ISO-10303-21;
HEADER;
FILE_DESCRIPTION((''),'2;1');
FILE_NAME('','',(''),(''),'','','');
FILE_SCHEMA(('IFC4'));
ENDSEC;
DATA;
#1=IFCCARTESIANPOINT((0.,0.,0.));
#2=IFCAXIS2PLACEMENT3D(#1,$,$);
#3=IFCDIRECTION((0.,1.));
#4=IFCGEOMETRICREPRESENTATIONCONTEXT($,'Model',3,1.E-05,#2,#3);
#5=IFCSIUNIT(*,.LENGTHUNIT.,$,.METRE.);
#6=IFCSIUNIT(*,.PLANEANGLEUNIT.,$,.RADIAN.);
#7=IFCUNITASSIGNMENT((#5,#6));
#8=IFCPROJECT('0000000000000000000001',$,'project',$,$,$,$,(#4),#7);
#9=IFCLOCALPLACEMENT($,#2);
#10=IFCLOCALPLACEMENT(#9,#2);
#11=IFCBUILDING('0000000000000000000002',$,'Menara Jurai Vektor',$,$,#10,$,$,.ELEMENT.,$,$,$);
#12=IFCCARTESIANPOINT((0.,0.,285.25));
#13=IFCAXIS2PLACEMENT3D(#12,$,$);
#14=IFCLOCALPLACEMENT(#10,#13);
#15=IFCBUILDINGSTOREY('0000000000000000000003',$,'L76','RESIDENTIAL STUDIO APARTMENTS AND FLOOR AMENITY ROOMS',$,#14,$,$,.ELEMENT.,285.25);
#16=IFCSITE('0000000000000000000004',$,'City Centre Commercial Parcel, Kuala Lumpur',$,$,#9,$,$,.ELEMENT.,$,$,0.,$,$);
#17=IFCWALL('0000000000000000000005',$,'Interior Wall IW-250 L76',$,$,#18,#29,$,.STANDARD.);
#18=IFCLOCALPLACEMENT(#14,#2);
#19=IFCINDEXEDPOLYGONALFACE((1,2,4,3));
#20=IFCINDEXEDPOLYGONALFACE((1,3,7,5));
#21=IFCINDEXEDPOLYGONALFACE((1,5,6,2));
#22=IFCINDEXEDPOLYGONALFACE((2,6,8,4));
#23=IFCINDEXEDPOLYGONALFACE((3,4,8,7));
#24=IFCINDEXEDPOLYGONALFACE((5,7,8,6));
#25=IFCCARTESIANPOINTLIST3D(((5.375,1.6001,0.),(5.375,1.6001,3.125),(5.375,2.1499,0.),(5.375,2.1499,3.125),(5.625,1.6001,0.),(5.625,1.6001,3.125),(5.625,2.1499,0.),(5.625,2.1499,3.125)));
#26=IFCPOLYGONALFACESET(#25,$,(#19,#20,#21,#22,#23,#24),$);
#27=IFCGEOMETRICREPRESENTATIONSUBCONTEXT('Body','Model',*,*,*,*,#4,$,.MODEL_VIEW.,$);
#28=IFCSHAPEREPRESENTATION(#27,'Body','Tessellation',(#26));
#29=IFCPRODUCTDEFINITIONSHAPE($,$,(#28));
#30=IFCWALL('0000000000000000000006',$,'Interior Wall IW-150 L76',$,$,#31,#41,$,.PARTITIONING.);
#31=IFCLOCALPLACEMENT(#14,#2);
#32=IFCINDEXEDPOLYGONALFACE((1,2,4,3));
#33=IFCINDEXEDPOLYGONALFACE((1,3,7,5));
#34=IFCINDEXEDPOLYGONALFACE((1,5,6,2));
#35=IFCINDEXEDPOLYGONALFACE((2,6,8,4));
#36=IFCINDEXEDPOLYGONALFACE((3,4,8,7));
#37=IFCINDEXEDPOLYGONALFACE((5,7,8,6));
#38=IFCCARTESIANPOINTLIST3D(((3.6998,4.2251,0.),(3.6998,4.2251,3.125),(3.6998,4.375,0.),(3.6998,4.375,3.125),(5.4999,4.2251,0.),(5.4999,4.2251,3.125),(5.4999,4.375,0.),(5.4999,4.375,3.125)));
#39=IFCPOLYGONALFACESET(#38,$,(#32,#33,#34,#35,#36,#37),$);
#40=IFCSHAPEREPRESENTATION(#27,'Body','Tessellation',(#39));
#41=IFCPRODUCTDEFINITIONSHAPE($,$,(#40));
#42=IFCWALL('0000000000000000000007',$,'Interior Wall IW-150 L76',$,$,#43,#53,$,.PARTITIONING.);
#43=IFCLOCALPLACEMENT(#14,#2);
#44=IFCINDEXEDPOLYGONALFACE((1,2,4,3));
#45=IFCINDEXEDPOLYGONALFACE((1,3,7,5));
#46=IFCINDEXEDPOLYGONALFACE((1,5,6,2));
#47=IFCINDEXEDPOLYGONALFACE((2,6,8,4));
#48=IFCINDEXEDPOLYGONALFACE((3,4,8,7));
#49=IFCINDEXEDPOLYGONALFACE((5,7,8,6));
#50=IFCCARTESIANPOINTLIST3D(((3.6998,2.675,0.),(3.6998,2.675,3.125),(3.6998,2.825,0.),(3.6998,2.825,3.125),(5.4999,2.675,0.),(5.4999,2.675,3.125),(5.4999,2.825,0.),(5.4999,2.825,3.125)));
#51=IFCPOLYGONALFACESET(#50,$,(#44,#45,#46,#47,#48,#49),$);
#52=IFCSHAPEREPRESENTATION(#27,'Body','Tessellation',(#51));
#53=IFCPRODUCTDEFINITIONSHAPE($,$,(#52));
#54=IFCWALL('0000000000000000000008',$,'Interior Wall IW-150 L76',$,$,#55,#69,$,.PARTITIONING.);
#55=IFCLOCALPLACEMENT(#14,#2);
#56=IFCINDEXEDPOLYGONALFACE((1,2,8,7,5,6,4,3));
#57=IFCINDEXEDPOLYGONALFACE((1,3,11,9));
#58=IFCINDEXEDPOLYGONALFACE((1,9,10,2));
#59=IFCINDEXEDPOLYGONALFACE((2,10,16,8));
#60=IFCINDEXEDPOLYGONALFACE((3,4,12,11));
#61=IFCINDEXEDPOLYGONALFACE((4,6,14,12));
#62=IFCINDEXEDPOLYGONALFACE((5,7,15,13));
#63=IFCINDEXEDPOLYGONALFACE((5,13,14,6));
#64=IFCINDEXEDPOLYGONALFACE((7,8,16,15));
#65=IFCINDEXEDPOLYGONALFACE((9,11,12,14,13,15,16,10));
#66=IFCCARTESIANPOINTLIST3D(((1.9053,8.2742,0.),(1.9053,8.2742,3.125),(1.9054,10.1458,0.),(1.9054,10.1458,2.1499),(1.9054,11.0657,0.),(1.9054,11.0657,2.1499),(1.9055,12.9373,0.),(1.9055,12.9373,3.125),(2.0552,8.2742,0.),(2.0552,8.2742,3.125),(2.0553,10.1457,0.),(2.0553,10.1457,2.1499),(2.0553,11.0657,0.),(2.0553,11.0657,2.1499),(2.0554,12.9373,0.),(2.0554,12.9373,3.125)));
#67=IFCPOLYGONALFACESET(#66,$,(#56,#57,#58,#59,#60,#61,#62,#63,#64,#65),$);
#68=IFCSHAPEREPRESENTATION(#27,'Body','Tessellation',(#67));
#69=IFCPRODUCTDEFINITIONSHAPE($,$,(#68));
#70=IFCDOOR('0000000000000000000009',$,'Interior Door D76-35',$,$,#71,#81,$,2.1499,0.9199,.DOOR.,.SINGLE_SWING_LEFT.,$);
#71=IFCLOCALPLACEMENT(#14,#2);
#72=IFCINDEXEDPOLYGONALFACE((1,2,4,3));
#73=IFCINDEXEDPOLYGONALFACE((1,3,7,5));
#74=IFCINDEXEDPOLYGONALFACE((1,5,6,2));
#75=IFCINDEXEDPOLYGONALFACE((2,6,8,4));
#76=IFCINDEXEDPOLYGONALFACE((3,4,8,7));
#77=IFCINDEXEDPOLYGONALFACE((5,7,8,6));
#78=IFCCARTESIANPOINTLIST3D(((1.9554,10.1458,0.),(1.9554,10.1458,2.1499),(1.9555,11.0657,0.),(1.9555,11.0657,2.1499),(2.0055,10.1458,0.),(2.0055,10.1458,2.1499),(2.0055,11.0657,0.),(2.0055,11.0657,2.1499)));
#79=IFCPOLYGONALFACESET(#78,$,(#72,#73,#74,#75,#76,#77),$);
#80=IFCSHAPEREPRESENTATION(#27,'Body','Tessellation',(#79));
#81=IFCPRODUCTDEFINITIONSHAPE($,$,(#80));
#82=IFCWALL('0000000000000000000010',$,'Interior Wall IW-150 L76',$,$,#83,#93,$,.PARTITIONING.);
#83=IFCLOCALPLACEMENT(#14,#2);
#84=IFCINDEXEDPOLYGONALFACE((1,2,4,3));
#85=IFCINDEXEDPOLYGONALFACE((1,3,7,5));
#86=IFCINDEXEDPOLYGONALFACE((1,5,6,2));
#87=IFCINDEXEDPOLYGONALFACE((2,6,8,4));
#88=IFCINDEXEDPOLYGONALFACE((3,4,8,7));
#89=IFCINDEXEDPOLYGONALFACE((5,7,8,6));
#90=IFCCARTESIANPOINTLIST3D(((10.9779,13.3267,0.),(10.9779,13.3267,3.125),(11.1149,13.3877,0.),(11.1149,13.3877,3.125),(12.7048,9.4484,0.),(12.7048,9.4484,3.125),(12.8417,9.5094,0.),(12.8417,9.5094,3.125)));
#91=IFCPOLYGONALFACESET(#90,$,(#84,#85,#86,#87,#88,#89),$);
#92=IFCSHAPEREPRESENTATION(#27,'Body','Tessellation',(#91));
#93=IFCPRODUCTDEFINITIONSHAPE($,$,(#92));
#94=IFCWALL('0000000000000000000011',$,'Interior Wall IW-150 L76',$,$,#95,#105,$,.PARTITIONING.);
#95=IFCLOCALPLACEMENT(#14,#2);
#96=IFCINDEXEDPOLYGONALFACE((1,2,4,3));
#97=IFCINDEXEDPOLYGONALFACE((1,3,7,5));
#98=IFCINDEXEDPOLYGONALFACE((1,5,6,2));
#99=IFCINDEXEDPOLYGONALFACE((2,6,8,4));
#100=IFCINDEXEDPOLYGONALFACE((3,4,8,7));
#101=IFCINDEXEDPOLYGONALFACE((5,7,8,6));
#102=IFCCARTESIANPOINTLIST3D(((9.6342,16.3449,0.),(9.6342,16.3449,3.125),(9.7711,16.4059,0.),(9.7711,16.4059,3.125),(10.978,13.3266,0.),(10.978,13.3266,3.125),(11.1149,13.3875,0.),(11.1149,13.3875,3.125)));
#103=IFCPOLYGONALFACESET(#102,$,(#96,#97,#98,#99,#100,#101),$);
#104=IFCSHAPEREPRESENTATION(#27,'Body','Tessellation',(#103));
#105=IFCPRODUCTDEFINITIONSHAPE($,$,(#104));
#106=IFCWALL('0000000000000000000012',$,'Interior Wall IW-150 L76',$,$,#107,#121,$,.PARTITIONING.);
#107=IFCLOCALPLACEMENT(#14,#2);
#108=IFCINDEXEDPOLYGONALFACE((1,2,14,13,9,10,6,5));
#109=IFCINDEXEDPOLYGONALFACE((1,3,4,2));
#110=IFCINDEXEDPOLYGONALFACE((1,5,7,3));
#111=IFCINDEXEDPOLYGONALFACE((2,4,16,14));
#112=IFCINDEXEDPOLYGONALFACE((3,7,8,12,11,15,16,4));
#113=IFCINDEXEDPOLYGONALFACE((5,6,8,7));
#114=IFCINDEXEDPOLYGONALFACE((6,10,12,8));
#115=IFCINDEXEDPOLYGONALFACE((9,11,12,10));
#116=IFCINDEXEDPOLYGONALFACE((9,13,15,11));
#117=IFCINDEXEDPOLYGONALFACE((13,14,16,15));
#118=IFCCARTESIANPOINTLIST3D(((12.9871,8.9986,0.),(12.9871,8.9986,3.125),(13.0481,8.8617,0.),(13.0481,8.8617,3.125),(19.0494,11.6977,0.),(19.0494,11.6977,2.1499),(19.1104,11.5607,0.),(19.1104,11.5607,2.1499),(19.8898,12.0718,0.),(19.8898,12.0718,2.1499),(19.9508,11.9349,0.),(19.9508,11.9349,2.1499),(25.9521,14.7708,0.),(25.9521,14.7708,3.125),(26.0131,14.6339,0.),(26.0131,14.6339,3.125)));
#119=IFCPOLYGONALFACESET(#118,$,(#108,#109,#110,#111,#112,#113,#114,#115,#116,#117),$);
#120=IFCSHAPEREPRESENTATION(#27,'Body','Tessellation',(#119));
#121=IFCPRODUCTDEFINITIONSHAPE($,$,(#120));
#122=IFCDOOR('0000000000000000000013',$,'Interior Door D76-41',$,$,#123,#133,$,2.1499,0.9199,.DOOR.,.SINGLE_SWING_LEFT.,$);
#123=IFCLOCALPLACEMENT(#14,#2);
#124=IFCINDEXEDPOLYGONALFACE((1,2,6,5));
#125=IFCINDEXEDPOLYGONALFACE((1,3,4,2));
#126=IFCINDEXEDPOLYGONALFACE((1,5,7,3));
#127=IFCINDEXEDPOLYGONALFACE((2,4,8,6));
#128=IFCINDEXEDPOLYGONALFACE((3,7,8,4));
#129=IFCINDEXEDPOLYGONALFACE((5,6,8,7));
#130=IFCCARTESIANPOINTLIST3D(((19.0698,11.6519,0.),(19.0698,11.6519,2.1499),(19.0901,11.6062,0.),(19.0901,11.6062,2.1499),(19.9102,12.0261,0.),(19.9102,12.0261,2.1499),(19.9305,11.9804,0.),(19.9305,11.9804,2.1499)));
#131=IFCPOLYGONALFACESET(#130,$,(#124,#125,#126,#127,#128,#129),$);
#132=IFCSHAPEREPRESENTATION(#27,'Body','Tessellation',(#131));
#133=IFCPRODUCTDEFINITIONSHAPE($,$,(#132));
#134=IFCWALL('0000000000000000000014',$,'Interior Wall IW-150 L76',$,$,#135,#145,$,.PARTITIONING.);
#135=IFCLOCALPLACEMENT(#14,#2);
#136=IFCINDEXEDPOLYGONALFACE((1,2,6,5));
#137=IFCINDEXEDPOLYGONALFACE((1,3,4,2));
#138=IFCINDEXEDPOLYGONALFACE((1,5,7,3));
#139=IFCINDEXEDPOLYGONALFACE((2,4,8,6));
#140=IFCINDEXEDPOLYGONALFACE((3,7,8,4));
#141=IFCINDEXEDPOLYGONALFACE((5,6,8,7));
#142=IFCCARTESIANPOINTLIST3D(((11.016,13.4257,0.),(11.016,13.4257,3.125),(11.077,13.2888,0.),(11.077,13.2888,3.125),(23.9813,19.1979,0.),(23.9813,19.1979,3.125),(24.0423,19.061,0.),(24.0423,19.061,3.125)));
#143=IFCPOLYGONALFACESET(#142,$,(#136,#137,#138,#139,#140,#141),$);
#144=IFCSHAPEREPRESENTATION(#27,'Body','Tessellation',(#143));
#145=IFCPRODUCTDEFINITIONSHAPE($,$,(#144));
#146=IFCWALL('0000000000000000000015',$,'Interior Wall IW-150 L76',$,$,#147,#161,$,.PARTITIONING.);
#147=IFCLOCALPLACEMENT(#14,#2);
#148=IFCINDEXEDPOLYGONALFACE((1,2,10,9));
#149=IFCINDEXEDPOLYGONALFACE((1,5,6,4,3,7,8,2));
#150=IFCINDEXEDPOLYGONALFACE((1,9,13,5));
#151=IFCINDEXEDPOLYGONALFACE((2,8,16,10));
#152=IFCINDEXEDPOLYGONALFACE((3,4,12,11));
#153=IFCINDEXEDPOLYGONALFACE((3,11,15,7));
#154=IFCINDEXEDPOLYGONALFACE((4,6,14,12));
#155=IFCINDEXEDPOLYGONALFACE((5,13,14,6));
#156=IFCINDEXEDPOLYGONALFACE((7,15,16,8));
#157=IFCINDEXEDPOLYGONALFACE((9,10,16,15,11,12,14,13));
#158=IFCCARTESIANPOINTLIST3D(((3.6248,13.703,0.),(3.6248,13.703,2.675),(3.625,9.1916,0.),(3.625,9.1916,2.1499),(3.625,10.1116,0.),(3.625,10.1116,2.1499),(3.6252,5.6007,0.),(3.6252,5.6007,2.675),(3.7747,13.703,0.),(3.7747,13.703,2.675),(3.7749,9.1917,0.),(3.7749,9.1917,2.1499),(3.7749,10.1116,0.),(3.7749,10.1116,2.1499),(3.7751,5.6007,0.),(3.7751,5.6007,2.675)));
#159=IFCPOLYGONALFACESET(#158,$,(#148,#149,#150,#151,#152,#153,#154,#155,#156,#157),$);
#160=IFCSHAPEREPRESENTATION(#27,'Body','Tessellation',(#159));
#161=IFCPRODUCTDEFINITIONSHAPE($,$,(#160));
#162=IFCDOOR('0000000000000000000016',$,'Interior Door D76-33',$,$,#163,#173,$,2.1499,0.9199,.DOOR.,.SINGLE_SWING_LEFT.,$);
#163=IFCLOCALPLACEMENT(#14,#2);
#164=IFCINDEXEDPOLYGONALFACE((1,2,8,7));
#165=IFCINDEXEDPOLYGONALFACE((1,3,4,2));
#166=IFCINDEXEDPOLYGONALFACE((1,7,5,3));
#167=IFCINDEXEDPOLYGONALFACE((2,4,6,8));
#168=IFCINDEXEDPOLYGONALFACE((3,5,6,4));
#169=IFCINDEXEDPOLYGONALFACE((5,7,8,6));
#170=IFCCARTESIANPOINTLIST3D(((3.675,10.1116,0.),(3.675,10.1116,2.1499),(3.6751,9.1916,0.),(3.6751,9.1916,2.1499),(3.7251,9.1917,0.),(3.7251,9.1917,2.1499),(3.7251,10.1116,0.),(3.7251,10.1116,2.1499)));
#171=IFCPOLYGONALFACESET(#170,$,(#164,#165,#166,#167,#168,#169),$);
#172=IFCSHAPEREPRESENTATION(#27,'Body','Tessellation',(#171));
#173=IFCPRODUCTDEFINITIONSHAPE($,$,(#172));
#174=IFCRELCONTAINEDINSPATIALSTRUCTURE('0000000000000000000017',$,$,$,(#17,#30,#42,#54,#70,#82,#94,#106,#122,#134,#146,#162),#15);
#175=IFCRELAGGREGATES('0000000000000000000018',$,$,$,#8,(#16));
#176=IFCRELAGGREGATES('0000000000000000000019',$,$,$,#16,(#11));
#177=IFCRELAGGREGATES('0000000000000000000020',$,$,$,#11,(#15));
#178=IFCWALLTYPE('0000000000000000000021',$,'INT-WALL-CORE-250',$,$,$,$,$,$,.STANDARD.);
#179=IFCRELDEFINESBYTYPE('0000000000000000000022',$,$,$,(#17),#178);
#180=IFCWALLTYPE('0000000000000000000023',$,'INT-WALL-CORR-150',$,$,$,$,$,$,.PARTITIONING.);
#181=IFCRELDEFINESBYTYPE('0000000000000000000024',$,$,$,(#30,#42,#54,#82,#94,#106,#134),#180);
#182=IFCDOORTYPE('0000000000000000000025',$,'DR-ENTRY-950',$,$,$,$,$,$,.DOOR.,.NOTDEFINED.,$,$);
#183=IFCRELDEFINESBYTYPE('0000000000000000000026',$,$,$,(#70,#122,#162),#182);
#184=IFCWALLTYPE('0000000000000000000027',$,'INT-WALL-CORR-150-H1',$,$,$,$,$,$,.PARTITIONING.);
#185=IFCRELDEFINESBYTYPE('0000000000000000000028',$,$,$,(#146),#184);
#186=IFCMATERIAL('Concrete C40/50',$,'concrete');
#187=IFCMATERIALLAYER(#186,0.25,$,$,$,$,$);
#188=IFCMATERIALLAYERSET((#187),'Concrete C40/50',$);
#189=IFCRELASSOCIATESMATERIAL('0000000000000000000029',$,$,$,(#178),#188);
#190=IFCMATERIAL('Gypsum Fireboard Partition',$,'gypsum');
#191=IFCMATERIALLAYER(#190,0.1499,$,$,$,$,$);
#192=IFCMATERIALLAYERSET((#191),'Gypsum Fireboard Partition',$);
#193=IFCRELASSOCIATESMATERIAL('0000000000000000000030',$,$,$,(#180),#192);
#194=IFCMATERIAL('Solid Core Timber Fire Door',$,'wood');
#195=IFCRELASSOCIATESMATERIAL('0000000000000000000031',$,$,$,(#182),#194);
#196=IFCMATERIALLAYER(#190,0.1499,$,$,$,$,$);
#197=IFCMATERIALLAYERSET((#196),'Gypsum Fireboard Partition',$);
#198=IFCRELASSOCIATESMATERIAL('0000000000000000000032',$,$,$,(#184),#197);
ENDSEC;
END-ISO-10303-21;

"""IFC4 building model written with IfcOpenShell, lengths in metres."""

from ifc_helpers import new_model, si_unit, direction, frame, frame_2d, origin, place, context, subcontext, project, spatial, rectangle, extrude, material, layer, layer_set, type_object, element, fill, save


model = new_model("IFC4")

# Units and contexts
model_context = context("Model", 3, precision=1e-05, world=origin(), true_north=direction((0.0, 1.0)))
body_context = subcontext(model_context, "Body", "Model", "MODEL_VIEW")
ifc_project = project(units=[si_unit("LENGTHUNIT", "METRE"), si_unit("PLANEANGLEUNIT", "RADIAN")], contexts=[model_context])

# Site, building, storey
site_placement = place(None, origin())
site = spatial("IfcSite", under=ifc_project, at=site_placement, Name="City Centre Commercial Parcel, Kuala Lumpur", CompositionType="ELEMENT", RefElevation=0.0)
building_placement = place(site_placement, origin())
building = spatial("IfcBuilding", under=site, at=building_placement, Name="Menara Jurai Vektor", CompositionType="ELEMENT")
storey_placement = place(building_placement, frame((0.0, 0.0, 285.25)))
storey = spatial("IfcBuildingStorey", under=building, at=storey_placement, Name="L76", Description="RESIDENTIAL STUDIO APARTMENTS AND FLOOR AMENITY ROOMS", CompositionType="ELEMENT", Elevation=285.25)

# Shared definitions
ifc_material_1 = material(Name="Concrete C40/50", Category="concrete")
ifc_layer_1 = layer(ifc_material_1, 0.25)
ifc_layer_set_1 = layer_set([ifc_layer_1], Name="Concrete C40/50")
wall_type_1 = type_object("IfcWallType", Name="INT-WALL-CORE-250", PredefinedType="STANDARD", material=ifc_layer_set_1)

# Walls
wall_1_placement = place(storey_placement, frame((5.5, 1.6001, 0.0), z_axis=(0.0, 0.0, 1.0), x_axis=(0.0, 1.0, 0.0)))
element("IfcWall", 1, at=wall_1_placement, inside=storey, type_object=wall_type_1, Name="Interior Wall IW-250 L76", PredefinedType="STANDARD", context=body_context, shape_type="SweptSolid", body=[
    extrude(rectangle(XDim=0.5498, YDim=0.25, at=frame_2d((0.2749, 0.0))), origin(), (0.0, 0.0, 1.0), 3.125),
])
ifc_material_2 = material(Name="Gypsum Fireboard Partition", Category="gypsum")
ifc_layer_2 = layer(ifc_material_2, 0.1499)
ifc_layer_set_2 = layer_set([ifc_layer_2], Name="Gypsum Fireboard Partition")
wall_type_2 = type_object("IfcWallType", Name="INT-WALL-CORR-150", PredefinedType="PARTITIONING", material=ifc_layer_set_2)
for number, where, z_axis, x_axis, name in (
    (2, (3.7, 4.3, 0.0), (0.0, 0.0, 1.0), (1.0, 0.0, 0.0), "Interior Wall IW-150 L76"),
    (3, (3.7, 2.75, 0.0), (0.0, 0.0, 1.0), (1.0, 0.0, 0.0), "Interior Wall IW-150 L76"),
):
    element("IfcWall", number, at=place(storey_placement, frame(where, z_axis=z_axis, x_axis=x_axis)), inside=storey, type_object=wall_type_2, Name=name, PredefinedType="PARTITIONING", context=body_context, shape_type="SweptSolid", body=[
        extrude(rectangle(XDim=1.8, YDim=0.1499, at=frame_2d((0.8999, 0.0))), origin(), (0.0, 0.0, 1.0), 3.125),
    ])

# Wall, opening, door
wall_2_placement = place(storey_placement, frame((1.9802, 8.2742, 0.0), z_axis=(0.0, 0.0, 1.0), x_axis=(0.000052, 1.0, 0.0)))
wall_2 = element("IfcWall", 4, at=wall_2_placement, inside=storey, type_object=wall_type_2, Name="Interior Wall IW-150 L76", PredefinedType="PARTITIONING", context=body_context, shape_type="SweptSolid", body=[
    extrude(rectangle(XDim=4.6631, YDim=0.1499, at=frame_2d((2.3315, 0.0))), origin(), (0.0, 0.0, 1.0), 3.125),
])
opening_1_placement = place(wall_2_placement, frame((1.8716, 0.0, 0.0)))
opening_1 = element("IfcOpeningElement", 5, at=opening_1_placement, cuts=wall_2, PredefinedType="OPENING", context=body_context, shape_type="SweptSolid", body=[
    extrude(rectangle(XDim=0.9199, YDim=2.1499, at=frame_2d((0.46, 1.075))), frame((0.0, 0.085, 0.0), z_axis=(0.0, -1.0, 0.0), x_axis=(1.0, 0.0, 0.0)), (0.0, 0.0, 1.0), 0.1699),
])
ifc_material_3 = material(Name="Solid Core Timber Fire Door", Category="wood")
door_type_1 = type_object("IfcDoorType", Name="DR-ENTRY-950", OperationType="NOTDEFINED", PredefinedType="DOOR", material=ifc_material_3)
door_1_placement = place(opening_1_placement, origin())
door_1 = element("IfcDoor", 6, at=door_1_placement, inside=storey, type_object=door_type_1, Name="Interior Door D76-35", OperationType="SINGLE_SWING_LEFT", OverallHeight=2.1499, OverallWidth=0.9199, PredefinedType="DOOR", context=body_context, shape_type="SweptSolid", body=[
    extrude(rectangle(XDim=0.9199, YDim=2.1499, at=frame_2d((0.46, 1.075))), frame((0.0, 0.0249, 0.0), z_axis=(0.0, -1.0, 0.0), x_axis=(1.0, 0.0, 0.0)), (0.0, 0.0, 1.0), 0.05),
])
fill(opening_1, door_1)

# Walls
wall_3_placement = place(storey_placement, frame((12.7732, 9.479, 0.0), z_axis=(0.0, 0.0, 1.0), x_axis=(-0.406763, 0.913534, 0.0)))
element("IfcWall", 7, at=wall_3_placement, inside=storey, type_object=wall_type_2, Name="Interior Wall IW-150 L76", PredefinedType="PARTITIONING", context=body_context, shape_type="SweptSolid", body=[
    extrude(rectangle(XDim=4.2454, YDim=0.1499, at=frame_2d((2.1226, 0.0))), origin(), (0.0, 0.0, 1.0), 3.125),
])
wall_4_placement = place(storey_placement, frame((11.0464, 13.3572, 0.0), z_axis=(0.0, 0.0, 1.0), x_axis=(-0.406714, 0.913555, 0.0)))
element("IfcWall", 8, at=wall_4_placement, inside=storey, type_object=wall_type_2, Name="Interior Wall IW-150 L76", PredefinedType="PARTITIONING", context=body_context, shape_type="SweptSolid", body=[
    extrude(rectangle(XDim=3.304, YDim=0.1499, at=frame_2d((1.6519, 0.0))), origin(), (0.0, 0.0, 1.0), 3.125),
])

# Wall, opening, door
wall_5_placement = place(storey_placement, frame((13.0176, 8.9302, 0.0), z_axis=(0.0, 0.0, 1.0), x_axis=(0.913551, 0.406724, 0.0)))
wall_5 = element("IfcWall", 9, at=wall_5_placement, inside=storey, type_object=wall_type_2, Name="Interior Wall IW-150 L76", PredefinedType="PARTITIONING", context=body_context, shape_type="SweptSolid", body=[
    extrude(rectangle(XDim=14.1919, YDim=0.1499, at=frame_2d((7.0959, 0.0))), origin(), (0.0, 0.0, 1.0), 3.125),
])
opening_2_placement = place(wall_5_placement, frame((6.636, 0.0, 0.0)))
opening_2 = element("IfcOpeningElement", 10, at=opening_2_placement, cuts=wall_5, PredefinedType="OPENING", context=body_context, shape_type="SweptSolid", body=[
    extrude(rectangle(XDim=0.9199, YDim=2.1499, at=frame_2d((0.46, 1.075))), frame((0.0, 0.085, 0.0), z_axis=(0.0, -1.0, 0.0), x_axis=(1.0, 0.0, 0.0)), (0.0, 0.0, 1.0), 0.1699),
])
door_2_placement = place(opening_2_placement, origin())
door_2 = element("IfcDoor", 11, at=door_2_placement, inside=storey, type_object=door_type_1, Name="Interior Door D76-41", OperationType="SINGLE_SWING_LEFT", OverallHeight=2.1499, OverallWidth=0.9199, PredefinedType="DOOR", context=body_context, shape_type="SweptSolid", body=[
    extrude(rectangle(XDim=0.9199, YDim=2.1499, at=frame_2d((0.46, 1.075))), frame((0.0, 0.0249, 0.0), z_axis=(0.0, -1.0, 0.0), x_axis=(1.0, 0.0, 0.0)), (0.0, 0.0, 1.0), 0.05),
])
fill(opening_2, door_2)

# Wall
wall_6_placement = place(storey_placement, frame((11.0464, 13.3572, 0.0), z_axis=(0.0, 0.0, 1.0), x_axis=(0.913554, 0.406718, 0.0)))
element("IfcWall", 12, at=wall_6_placement, inside=storey, type_object=wall_type_2, Name="Interior Wall IW-150 L76", PredefinedType="PARTITIONING", context=body_context, shape_type="SweptSolid", body=[
    extrude(rectangle(XDim=14.1921, YDim=0.1499, at=frame_2d((7.0962, 0.0))), origin(), (0.0, 0.0, 1.0), 3.125),
])

# Wall, opening, door
ifc_layer_3 = layer(ifc_material_2, 0.1499)
ifc_layer_set_3 = layer_set([ifc_layer_3], Name="Gypsum Fireboard Partition")
wall_type_3 = type_object("IfcWallType", Name="INT-WALL-CORR-150-H1", PredefinedType="PARTITIONING", material=ifc_layer_set_3)
wall_7_placement = place(storey_placement, frame((3.7002, 5.6006, 0.0), z_axis=(0.0, 0.0, 1.0), x_axis=(-0.00006, 1.0, 0.0)))
wall_7 = element("IfcWall", 13, at=wall_7_placement, inside=storey, type_object=wall_type_3, Name="Interior Wall IW-150 L76", PredefinedType="PARTITIONING", context=body_context, shape_type="SweptSolid", body=[
    extrude(rectangle(XDim=8.1023, YDim=0.1499, at=frame_2d((4.0513, 0.0))), origin(), (0.0, 0.0, 1.0), 2.675),
])
opening_3_placement = place(wall_7_placement, frame((3.5911, 0.0, 0.0)))
opening_3 = element("IfcOpeningElement", 14, at=opening_3_placement, cuts=wall_7, PredefinedType="OPENING", context=body_context, shape_type="SweptSolid", body=[
    extrude(rectangle(XDim=0.9199, YDim=2.1499, at=frame_2d((0.46, 1.075))), frame((0.0, 0.085, 0.0), z_axis=(0.0, -1.0, 0.0), x_axis=(1.0, 0.0, 0.0)), (0.0, 0.0, 1.0), 0.1699),
])
door_3_placement = place(opening_3_placement, origin())
door_3 = element("IfcDoor", 15, at=door_3_placement, inside=storey, type_object=door_type_1, Name="Interior Door D76-33", OperationType="SINGLE_SWING_LEFT", OverallHeight=2.1499, OverallWidth=0.9199, PredefinedType="DOOR", context=body_context, shape_type="SweptSolid", body=[
    extrude(rectangle(XDim=0.9199, YDim=2.1499, at=frame_2d((0.46, 1.075))), frame((0.0, 0.0249, 0.0), z_axis=(0.0, -1.0, 0.0), x_axis=(1.0, 0.0, 0.0)), (0.0, 0.0, 1.0), 0.05),
])
fill(opening_3, door_3)

save(model, "model.ifc")
